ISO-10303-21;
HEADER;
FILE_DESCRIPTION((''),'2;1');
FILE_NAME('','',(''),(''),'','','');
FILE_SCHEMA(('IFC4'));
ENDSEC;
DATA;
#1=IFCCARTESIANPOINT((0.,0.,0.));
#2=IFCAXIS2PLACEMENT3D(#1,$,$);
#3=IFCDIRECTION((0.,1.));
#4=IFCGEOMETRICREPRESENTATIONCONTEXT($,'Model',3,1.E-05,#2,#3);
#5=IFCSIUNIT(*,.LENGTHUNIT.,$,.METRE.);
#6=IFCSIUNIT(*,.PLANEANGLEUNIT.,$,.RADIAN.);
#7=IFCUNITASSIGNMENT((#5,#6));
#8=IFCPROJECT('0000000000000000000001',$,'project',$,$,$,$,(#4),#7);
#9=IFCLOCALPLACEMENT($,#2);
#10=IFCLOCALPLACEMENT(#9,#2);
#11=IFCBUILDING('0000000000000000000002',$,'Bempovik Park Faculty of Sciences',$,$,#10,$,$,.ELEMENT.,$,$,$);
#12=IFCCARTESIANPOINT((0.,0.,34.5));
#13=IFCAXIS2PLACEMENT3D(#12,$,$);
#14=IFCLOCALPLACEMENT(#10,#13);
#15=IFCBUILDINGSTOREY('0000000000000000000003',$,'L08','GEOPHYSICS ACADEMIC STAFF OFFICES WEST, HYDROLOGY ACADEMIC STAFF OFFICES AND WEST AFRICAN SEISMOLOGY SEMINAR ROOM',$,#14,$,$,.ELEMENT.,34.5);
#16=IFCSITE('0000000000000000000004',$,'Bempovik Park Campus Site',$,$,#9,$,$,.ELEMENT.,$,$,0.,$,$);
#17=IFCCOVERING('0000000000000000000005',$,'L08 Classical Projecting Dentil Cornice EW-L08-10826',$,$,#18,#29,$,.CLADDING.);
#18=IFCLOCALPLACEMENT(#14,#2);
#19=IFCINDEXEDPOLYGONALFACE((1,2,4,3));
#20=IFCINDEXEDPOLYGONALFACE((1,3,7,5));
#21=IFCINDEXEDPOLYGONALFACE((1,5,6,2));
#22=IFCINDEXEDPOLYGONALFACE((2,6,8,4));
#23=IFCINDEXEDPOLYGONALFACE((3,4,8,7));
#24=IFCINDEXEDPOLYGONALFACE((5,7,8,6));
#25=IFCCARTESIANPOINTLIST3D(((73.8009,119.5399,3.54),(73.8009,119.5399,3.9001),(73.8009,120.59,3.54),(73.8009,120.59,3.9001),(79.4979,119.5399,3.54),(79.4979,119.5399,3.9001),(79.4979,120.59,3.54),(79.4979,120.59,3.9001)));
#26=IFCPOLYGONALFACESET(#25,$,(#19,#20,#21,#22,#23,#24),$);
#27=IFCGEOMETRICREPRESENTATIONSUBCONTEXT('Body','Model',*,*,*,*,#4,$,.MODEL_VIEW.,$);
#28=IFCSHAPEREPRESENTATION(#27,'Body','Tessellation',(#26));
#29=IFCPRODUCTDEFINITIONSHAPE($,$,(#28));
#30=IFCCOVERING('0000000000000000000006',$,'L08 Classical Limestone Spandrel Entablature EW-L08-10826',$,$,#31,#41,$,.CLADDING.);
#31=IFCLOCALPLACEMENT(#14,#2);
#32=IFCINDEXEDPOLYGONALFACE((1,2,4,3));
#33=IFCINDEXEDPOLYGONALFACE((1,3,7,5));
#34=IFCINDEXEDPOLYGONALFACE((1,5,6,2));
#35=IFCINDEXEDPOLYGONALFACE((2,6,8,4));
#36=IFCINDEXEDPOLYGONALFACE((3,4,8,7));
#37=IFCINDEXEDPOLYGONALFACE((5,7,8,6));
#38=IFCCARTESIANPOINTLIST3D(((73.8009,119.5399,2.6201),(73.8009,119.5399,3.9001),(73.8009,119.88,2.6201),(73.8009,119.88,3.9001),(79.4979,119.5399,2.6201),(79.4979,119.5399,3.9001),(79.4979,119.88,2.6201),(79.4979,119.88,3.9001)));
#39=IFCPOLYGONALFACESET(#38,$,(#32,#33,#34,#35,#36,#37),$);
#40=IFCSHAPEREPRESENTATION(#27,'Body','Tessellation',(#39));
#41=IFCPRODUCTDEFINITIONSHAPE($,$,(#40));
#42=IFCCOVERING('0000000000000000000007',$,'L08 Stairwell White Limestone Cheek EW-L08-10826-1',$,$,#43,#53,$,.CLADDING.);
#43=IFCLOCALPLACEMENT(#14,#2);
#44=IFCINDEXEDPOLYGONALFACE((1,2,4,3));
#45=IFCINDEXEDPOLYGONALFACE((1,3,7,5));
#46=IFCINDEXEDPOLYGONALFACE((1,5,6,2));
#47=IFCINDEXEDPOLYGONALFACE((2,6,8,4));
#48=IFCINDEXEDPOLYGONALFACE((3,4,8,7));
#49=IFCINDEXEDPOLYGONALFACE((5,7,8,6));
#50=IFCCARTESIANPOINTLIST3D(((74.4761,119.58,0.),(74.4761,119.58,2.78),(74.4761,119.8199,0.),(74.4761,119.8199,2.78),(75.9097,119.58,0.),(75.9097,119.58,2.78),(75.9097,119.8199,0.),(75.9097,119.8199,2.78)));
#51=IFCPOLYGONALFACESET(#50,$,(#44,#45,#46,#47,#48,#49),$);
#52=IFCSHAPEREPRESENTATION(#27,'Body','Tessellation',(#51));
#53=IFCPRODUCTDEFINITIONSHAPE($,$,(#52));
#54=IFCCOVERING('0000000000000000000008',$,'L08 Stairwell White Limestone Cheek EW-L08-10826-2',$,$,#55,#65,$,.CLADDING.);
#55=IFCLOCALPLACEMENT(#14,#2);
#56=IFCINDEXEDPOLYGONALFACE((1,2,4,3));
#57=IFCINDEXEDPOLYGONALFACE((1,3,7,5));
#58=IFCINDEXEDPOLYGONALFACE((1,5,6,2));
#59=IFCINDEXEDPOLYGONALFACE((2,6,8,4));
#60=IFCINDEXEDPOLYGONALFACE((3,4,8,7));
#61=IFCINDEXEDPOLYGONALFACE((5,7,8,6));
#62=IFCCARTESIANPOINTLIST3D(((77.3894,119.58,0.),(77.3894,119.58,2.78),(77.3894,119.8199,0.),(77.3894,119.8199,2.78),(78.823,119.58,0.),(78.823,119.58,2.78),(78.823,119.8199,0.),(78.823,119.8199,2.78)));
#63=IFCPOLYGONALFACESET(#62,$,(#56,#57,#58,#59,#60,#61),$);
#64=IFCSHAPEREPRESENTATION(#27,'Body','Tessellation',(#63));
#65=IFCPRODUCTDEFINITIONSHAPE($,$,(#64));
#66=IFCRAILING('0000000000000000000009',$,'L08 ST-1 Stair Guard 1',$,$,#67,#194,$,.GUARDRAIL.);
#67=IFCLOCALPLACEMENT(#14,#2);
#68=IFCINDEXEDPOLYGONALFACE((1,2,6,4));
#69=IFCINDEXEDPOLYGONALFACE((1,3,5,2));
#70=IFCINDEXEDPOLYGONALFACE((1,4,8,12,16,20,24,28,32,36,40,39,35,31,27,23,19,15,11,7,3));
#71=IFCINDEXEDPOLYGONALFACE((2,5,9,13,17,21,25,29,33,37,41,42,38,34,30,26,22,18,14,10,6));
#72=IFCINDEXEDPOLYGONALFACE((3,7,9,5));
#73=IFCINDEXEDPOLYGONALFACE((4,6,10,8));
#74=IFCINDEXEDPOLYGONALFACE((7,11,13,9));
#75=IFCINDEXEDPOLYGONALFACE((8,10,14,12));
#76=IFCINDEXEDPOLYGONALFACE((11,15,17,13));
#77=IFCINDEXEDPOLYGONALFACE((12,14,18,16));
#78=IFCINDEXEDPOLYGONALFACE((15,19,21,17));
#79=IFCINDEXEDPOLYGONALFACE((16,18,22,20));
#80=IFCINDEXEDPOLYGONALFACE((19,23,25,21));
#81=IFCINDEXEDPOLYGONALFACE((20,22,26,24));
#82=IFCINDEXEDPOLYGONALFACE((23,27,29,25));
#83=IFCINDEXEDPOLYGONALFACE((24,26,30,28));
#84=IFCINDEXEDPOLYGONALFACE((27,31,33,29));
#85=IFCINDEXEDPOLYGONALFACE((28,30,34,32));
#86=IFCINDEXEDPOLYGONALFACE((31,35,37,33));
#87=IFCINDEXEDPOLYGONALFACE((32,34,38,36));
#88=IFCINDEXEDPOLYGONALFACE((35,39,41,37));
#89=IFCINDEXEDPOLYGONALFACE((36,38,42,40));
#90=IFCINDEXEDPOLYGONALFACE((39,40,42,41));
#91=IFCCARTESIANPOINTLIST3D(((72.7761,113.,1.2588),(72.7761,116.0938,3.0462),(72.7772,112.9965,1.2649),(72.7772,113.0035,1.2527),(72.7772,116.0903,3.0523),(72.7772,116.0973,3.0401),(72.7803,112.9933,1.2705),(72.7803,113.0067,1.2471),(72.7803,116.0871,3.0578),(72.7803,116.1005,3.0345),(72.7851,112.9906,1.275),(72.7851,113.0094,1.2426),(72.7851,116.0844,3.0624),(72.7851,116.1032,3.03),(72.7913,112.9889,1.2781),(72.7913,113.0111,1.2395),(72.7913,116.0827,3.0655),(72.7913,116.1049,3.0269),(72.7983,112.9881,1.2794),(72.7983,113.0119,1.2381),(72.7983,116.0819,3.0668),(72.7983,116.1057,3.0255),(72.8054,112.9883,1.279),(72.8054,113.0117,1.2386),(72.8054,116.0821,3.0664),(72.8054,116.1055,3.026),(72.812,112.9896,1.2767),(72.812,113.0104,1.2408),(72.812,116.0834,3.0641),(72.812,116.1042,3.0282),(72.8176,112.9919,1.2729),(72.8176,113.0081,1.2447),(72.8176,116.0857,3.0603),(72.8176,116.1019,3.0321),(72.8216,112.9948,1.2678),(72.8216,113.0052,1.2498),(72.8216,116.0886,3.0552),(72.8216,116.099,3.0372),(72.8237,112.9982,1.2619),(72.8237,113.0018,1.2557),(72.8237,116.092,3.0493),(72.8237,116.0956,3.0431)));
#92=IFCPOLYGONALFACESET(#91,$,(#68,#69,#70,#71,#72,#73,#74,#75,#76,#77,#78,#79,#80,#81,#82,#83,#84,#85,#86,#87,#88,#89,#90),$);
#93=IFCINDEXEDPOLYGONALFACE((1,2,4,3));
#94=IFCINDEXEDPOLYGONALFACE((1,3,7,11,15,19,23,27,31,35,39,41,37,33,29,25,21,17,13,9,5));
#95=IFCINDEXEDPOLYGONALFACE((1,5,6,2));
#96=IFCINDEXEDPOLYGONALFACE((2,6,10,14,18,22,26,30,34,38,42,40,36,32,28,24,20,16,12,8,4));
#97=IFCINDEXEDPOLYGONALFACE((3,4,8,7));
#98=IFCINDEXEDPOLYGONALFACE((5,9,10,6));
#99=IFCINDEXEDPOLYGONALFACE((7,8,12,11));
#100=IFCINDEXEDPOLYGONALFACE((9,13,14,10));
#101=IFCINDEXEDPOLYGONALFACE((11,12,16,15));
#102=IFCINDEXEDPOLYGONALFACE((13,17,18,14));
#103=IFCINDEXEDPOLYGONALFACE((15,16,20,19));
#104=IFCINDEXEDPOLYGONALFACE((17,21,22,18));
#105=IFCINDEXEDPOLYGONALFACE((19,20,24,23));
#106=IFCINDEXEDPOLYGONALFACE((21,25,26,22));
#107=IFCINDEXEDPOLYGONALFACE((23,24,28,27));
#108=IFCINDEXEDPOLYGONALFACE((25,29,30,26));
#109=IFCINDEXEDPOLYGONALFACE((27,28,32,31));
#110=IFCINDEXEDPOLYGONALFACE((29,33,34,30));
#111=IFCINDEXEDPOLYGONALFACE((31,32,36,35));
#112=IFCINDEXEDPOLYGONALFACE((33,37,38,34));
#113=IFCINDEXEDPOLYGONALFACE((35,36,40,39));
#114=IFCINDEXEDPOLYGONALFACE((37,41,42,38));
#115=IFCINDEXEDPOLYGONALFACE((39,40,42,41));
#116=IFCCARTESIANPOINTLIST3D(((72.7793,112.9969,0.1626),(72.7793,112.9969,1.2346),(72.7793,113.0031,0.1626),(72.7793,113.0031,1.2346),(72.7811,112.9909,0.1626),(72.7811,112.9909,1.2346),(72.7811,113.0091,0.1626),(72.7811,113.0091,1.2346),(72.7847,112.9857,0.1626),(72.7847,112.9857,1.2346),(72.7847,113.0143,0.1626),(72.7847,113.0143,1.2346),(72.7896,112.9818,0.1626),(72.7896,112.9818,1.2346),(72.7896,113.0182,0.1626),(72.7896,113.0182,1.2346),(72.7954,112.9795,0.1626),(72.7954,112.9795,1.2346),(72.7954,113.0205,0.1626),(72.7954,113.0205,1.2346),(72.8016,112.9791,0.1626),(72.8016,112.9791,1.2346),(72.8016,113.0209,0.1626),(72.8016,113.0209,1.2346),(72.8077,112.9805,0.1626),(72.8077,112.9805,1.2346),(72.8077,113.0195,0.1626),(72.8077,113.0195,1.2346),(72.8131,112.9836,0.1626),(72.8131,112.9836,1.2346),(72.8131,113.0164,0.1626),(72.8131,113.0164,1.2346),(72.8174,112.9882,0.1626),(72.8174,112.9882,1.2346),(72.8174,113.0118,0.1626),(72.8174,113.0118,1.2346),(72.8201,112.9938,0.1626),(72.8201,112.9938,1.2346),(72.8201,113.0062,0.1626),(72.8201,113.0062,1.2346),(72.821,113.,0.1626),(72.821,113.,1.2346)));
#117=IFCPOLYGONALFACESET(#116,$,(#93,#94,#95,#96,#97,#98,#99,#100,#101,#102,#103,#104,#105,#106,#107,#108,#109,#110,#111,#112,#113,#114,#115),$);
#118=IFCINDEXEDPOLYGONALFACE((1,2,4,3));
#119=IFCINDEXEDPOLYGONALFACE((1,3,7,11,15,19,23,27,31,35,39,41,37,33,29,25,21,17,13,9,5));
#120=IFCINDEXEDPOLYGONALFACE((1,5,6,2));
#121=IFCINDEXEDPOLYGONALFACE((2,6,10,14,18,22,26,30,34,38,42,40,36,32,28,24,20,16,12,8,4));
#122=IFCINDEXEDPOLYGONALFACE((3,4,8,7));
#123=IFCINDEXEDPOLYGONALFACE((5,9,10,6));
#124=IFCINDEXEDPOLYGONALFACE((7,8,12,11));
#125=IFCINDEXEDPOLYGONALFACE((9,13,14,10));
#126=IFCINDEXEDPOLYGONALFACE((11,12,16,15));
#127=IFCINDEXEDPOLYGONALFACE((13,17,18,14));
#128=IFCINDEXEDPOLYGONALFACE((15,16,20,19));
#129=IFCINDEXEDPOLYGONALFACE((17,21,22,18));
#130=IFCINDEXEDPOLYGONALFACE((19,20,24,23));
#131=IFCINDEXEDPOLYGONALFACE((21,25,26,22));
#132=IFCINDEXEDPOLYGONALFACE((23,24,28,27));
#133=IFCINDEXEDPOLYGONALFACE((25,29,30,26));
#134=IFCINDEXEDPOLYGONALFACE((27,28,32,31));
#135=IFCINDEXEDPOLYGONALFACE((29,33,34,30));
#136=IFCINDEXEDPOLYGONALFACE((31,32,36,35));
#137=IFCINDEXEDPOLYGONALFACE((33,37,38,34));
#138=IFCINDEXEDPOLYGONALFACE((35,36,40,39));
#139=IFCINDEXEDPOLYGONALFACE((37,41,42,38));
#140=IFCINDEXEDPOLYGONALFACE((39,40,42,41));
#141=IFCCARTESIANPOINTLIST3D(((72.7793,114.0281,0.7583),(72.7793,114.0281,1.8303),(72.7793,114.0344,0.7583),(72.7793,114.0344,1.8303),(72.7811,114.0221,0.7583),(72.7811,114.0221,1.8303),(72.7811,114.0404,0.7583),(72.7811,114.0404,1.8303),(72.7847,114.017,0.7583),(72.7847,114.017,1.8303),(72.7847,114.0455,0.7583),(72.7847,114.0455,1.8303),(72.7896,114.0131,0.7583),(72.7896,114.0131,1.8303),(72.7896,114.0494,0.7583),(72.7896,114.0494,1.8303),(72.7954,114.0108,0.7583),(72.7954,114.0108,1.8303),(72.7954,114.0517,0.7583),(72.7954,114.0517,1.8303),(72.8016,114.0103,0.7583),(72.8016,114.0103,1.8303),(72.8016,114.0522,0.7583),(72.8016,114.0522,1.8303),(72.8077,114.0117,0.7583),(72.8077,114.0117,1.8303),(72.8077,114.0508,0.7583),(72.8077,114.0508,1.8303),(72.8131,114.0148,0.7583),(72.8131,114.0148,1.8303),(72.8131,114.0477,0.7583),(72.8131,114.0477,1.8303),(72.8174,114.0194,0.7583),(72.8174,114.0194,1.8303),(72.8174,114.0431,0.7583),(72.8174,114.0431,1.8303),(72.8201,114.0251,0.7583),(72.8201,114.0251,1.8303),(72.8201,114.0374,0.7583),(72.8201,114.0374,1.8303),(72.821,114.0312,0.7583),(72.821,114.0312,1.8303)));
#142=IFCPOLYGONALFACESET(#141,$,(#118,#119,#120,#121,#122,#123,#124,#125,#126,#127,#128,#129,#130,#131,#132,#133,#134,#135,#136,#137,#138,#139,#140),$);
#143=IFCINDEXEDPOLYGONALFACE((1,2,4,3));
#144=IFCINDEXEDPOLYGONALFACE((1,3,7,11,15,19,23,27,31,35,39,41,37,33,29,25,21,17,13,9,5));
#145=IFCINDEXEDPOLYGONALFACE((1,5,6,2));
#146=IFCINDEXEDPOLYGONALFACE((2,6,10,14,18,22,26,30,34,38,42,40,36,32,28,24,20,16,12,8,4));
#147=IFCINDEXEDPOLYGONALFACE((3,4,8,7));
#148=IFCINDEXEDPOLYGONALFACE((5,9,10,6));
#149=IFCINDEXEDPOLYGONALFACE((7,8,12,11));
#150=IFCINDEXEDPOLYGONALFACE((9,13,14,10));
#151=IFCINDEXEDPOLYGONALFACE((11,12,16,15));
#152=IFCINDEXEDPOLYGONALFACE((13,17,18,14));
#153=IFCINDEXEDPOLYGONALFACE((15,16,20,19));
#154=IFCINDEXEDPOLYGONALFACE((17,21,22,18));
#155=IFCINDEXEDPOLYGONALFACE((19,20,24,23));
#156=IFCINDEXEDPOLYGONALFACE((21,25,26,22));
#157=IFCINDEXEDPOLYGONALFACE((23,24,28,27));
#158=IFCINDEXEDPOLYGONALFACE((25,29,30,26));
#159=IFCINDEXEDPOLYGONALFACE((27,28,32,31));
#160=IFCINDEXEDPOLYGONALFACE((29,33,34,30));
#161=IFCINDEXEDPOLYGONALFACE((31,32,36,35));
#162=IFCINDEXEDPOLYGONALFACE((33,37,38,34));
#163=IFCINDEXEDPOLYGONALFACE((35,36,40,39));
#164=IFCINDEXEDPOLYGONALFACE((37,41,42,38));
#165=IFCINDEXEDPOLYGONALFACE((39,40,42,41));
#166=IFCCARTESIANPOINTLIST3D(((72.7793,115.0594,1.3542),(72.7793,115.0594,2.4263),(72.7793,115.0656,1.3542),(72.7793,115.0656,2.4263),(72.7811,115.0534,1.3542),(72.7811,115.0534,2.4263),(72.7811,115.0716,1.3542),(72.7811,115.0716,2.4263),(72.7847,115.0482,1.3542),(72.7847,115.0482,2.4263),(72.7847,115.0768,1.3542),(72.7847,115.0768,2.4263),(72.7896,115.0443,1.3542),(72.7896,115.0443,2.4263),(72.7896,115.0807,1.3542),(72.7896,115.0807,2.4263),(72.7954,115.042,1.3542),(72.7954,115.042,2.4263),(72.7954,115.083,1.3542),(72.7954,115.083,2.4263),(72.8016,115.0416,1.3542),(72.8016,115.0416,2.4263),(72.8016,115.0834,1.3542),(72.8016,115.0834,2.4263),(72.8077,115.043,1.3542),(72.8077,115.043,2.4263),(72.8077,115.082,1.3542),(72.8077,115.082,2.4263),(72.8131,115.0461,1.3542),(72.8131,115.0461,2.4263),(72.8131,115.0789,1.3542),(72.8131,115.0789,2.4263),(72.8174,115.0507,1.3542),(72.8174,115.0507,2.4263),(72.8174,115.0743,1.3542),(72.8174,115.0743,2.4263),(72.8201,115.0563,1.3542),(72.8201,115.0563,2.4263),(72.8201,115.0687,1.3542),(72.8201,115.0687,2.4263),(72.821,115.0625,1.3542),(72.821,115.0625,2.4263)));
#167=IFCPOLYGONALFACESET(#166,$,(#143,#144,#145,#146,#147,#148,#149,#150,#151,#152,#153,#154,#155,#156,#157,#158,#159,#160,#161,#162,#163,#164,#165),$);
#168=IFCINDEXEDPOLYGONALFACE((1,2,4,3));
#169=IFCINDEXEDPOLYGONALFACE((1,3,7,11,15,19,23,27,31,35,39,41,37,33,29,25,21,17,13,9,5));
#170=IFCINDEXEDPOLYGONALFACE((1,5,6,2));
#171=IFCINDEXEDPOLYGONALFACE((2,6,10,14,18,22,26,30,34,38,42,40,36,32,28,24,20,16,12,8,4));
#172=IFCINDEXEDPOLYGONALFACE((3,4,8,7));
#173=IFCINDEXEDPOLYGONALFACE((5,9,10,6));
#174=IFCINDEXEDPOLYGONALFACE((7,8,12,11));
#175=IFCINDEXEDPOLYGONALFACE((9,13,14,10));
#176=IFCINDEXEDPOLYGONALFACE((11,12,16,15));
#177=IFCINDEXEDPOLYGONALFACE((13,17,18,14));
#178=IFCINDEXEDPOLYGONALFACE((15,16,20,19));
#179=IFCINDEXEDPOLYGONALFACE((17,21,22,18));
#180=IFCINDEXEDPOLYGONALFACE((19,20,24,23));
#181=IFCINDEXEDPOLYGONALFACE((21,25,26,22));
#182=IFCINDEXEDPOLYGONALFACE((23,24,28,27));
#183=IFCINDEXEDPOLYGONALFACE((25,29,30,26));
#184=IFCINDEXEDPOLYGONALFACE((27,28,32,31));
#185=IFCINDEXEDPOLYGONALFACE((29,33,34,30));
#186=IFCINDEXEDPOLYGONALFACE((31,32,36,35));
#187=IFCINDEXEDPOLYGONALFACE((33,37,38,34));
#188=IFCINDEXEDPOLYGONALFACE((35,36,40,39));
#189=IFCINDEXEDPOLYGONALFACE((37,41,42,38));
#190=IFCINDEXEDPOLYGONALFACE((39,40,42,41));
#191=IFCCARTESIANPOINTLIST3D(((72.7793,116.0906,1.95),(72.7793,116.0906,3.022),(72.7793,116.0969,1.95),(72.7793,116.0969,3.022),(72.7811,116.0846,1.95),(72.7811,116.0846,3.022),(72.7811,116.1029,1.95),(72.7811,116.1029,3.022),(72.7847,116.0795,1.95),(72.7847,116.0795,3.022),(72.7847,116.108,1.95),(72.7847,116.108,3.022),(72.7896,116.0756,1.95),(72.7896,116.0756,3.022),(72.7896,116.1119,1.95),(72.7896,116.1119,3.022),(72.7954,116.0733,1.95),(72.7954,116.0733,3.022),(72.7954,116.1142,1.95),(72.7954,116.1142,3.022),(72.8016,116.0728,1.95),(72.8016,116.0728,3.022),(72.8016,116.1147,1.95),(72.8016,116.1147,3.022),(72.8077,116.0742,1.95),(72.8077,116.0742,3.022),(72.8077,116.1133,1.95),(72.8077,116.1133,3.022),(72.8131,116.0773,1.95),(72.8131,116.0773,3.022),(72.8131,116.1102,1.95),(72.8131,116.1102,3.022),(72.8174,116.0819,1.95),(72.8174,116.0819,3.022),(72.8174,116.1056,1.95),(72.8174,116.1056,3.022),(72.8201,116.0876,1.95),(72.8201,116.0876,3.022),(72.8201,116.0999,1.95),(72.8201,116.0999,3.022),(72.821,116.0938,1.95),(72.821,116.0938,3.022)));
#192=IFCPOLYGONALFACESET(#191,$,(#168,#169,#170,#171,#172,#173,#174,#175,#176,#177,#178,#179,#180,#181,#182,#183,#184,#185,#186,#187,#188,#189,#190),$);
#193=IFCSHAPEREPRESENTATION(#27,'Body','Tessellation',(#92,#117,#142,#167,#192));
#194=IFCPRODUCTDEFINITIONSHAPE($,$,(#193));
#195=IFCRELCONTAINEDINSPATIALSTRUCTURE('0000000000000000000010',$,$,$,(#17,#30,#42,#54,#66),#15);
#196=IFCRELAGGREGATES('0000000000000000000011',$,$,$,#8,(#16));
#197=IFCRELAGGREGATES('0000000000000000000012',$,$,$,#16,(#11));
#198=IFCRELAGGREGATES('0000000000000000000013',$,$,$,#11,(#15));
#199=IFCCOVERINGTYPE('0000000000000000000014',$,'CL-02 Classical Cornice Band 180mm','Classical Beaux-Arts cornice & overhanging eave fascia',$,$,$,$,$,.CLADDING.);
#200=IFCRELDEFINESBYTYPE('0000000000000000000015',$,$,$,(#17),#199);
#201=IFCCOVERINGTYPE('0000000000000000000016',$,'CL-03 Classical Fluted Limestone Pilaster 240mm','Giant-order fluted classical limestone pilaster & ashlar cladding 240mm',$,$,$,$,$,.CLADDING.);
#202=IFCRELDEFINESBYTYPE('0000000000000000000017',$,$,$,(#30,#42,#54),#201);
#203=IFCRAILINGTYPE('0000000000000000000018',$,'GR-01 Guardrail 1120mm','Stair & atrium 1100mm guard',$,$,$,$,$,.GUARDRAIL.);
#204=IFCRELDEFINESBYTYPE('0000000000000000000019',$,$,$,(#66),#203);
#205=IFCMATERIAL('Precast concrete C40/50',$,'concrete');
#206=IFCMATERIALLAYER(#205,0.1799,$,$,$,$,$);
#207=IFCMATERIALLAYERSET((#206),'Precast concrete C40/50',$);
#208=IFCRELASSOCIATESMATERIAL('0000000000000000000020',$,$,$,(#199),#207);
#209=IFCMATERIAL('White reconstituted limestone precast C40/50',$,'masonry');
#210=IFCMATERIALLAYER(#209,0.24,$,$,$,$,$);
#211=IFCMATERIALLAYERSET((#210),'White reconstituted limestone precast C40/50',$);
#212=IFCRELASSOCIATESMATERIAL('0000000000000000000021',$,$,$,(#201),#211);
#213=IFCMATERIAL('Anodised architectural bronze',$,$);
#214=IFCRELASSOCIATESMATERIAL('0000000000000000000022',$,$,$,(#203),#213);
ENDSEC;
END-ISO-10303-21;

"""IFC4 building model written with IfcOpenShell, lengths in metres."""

from ifc_helpers import new_model, si_unit, direction, frame, origin, origin_2d, place, context, subcontext, project, spatial, rectangle, circle, extrude, material, layer, layer_set, type_object, element, save


model = new_model("IFC4")

# Units and contexts
model_context = context("Model", 3, precision=1e-05, world=origin(), true_north=direction((0.0, 1.0)))
body_context = subcontext(model_context, "Body", "Model", "MODEL_VIEW")
ifc_project = project(units=[si_unit("LENGTHUNIT", "METRE"), si_unit("PLANEANGLEUNIT", "RADIAN")], contexts=[model_context])

# Site, building, storey
site_placement = place(None, origin())
site = spatial("IfcSite", under=ifc_project, at=site_placement, Name="Bempovik Park Campus Site", CompositionType="ELEMENT", RefElevation=0.0)
building_placement = place(site_placement, origin())
building = spatial("IfcBuilding", under=site, at=building_placement, Name="Bempovik Park Faculty of Sciences", CompositionType="ELEMENT")
storey_placement = place(building_placement, frame((0.0, 0.0, 34.5)))
storey = spatial("IfcBuildingStorey", under=building, at=storey_placement, Name="L08", Description="GEOPHYSICS ACADEMIC STAFF OFFICES WEST, HYDROLOGY ACADEMIC STAFF OFFICES AND WEST AFRICAN SEISMOLOGY SEMINAR ROOM", CompositionType="ELEMENT", Elevation=34.5)

# Shared definitions
ifc_material_1 = material(Name="Precast concrete C40/50", Category="concrete")

# Coverings
ifc_layer_1 = layer(ifc_material_1, 0.1799)
ifc_layer_set_1 = layer_set([ifc_layer_1], Name="Precast concrete C40/50")
covering_type_1 = type_object("IfcCoveringType", Name="CL-02 Classical Cornice Band 180mm", Description="Classical Beaux-Arts cornice & overhanging eave fascia", PredefinedType="CLADDING", material=ifc_layer_set_1)
covering_1_placement = place(storey_placement, frame((76.6494, 120.0649, 3.54), z_axis=(0.0, 0.0, 1.0), x_axis=(1.0, 0.0, 0.0)))
element("IfcCovering", 1, at=covering_1_placement, inside=storey, type_object=covering_type_1, Name="L08 Classical Projecting Dentil Cornice EW-L08-10826", PredefinedType="CLADDING", context=body_context, shape_type="SweptSolid", body=[
    extrude(rectangle(XDim=5.697, YDim=1.05, at=origin_2d()), origin(), (0.0, 0.0, 1.0), 0.3601),
])
ifc_material_2 = material(Name="White reconstituted limestone precast C40/50", Category="masonry")
ifc_layer_2 = layer(ifc_material_2, 0.24)
ifc_layer_set_2 = layer_set([ifc_layer_2], Name="White reconstituted limestone precast C40/50")
covering_type_2 = type_object("IfcCoveringType", Name="CL-03 Classical Fluted Limestone Pilaster 240mm", Description="Giant-order fluted classical limestone pilaster & ashlar cladding 240mm", PredefinedType="CLADDING", material=ifc_layer_set_2)
covering_2_placement = place(storey_placement, frame((76.6494, 119.71, 2.6201), z_axis=(0.0, 0.0, 1.0), x_axis=(1.0, 0.0, 0.0)))
element("IfcCovering", 2, at=covering_2_placement, inside=storey, type_object=covering_type_2, Name="L08 Classical Limestone Spandrel Entablature EW-L08-10826", PredefinedType="CLADDING", context=body_context, shape_type="SweptSolid", body=[
    extrude(rectangle(XDim=5.697, YDim=0.3401, at=origin_2d()), origin(), (0.0, 0.0, 1.0), 1.28),
])
for number, where, z_axis, x_axis, name in (
    (3, (75.1929, 119.7, 0.0), (0.0, 0.0, 1.0), (1.0, 0.0, 0.0), "L08 Stairwell White Limestone Cheek EW-L08-10826-1"),
    (4, (78.1062, 119.7, 0.0), (0.0, 0.0, 1.0), (1.0, 0.0, 0.0), "L08 Stairwell White Limestone Cheek EW-L08-10826-2"),
):
    element("IfcCovering", number, at=place(storey_placement, frame(where, z_axis=z_axis, x_axis=x_axis)), inside=storey, type_object=covering_type_2, Name=name, PredefinedType="CLADDING", context=body_context, shape_type="SweptSolid", body=[
        extrude(rectangle(XDim=1.4336, YDim=0.24, at=origin_2d()), origin(), (0.0, 0.0, 1.0), 2.78),
    ])

# Railing
ifc_material_3 = material(Name="Anodised architectural bronze")
railing_type_1 = type_object("IfcRailingType", Name="GR-01 Guardrail 1120mm", Description="Stair & atrium 1100mm guard", PredefinedType="GUARDRAIL", material=ifc_material_3)
railing_1_placement = place(storey_placement, frame((72.8, 113.0, 0.1626)))
element("IfcRailing", 5, at=railing_1_placement, inside=storey, type_object=railing_type_1, Name="L08 ST-1 Stair Guard 1", PredefinedType="GUARDRAIL", context=body_context, shape_type="SweptSolid", body=[
    extrude(circle(Radius=0.0239, at=origin_2d()), frame((0.0, 0.0, 1.0962), z_axis=(0.0, 0.865883, 0.500247), x_axis=(-1.0, 0.0, 0.0)), (0.0, 0.0, 1.0), 3.573),
    extrude(circle(Radius=0.021, at=origin_2d()), origin(), (0.0, 0.0, 1.0), 1.072),
    extrude(circle(Radius=0.021, at=origin_2d()), frame((0.0, 1.0312, 0.5957)), (0.0, 0.0, 1.0), 1.072),
    extrude(circle(Radius=0.021, at=origin_2d()), frame((0.0, 2.0625, 1.1917)), (0.0, 0.0, 1.0), 1.072),
    extrude(circle(Radius=0.021, at=origin_2d()), frame((0.0, 3.0938, 1.7874)), (0.0, 0.0, 1.0), 1.072),
])

save(model, "model.ifc")
